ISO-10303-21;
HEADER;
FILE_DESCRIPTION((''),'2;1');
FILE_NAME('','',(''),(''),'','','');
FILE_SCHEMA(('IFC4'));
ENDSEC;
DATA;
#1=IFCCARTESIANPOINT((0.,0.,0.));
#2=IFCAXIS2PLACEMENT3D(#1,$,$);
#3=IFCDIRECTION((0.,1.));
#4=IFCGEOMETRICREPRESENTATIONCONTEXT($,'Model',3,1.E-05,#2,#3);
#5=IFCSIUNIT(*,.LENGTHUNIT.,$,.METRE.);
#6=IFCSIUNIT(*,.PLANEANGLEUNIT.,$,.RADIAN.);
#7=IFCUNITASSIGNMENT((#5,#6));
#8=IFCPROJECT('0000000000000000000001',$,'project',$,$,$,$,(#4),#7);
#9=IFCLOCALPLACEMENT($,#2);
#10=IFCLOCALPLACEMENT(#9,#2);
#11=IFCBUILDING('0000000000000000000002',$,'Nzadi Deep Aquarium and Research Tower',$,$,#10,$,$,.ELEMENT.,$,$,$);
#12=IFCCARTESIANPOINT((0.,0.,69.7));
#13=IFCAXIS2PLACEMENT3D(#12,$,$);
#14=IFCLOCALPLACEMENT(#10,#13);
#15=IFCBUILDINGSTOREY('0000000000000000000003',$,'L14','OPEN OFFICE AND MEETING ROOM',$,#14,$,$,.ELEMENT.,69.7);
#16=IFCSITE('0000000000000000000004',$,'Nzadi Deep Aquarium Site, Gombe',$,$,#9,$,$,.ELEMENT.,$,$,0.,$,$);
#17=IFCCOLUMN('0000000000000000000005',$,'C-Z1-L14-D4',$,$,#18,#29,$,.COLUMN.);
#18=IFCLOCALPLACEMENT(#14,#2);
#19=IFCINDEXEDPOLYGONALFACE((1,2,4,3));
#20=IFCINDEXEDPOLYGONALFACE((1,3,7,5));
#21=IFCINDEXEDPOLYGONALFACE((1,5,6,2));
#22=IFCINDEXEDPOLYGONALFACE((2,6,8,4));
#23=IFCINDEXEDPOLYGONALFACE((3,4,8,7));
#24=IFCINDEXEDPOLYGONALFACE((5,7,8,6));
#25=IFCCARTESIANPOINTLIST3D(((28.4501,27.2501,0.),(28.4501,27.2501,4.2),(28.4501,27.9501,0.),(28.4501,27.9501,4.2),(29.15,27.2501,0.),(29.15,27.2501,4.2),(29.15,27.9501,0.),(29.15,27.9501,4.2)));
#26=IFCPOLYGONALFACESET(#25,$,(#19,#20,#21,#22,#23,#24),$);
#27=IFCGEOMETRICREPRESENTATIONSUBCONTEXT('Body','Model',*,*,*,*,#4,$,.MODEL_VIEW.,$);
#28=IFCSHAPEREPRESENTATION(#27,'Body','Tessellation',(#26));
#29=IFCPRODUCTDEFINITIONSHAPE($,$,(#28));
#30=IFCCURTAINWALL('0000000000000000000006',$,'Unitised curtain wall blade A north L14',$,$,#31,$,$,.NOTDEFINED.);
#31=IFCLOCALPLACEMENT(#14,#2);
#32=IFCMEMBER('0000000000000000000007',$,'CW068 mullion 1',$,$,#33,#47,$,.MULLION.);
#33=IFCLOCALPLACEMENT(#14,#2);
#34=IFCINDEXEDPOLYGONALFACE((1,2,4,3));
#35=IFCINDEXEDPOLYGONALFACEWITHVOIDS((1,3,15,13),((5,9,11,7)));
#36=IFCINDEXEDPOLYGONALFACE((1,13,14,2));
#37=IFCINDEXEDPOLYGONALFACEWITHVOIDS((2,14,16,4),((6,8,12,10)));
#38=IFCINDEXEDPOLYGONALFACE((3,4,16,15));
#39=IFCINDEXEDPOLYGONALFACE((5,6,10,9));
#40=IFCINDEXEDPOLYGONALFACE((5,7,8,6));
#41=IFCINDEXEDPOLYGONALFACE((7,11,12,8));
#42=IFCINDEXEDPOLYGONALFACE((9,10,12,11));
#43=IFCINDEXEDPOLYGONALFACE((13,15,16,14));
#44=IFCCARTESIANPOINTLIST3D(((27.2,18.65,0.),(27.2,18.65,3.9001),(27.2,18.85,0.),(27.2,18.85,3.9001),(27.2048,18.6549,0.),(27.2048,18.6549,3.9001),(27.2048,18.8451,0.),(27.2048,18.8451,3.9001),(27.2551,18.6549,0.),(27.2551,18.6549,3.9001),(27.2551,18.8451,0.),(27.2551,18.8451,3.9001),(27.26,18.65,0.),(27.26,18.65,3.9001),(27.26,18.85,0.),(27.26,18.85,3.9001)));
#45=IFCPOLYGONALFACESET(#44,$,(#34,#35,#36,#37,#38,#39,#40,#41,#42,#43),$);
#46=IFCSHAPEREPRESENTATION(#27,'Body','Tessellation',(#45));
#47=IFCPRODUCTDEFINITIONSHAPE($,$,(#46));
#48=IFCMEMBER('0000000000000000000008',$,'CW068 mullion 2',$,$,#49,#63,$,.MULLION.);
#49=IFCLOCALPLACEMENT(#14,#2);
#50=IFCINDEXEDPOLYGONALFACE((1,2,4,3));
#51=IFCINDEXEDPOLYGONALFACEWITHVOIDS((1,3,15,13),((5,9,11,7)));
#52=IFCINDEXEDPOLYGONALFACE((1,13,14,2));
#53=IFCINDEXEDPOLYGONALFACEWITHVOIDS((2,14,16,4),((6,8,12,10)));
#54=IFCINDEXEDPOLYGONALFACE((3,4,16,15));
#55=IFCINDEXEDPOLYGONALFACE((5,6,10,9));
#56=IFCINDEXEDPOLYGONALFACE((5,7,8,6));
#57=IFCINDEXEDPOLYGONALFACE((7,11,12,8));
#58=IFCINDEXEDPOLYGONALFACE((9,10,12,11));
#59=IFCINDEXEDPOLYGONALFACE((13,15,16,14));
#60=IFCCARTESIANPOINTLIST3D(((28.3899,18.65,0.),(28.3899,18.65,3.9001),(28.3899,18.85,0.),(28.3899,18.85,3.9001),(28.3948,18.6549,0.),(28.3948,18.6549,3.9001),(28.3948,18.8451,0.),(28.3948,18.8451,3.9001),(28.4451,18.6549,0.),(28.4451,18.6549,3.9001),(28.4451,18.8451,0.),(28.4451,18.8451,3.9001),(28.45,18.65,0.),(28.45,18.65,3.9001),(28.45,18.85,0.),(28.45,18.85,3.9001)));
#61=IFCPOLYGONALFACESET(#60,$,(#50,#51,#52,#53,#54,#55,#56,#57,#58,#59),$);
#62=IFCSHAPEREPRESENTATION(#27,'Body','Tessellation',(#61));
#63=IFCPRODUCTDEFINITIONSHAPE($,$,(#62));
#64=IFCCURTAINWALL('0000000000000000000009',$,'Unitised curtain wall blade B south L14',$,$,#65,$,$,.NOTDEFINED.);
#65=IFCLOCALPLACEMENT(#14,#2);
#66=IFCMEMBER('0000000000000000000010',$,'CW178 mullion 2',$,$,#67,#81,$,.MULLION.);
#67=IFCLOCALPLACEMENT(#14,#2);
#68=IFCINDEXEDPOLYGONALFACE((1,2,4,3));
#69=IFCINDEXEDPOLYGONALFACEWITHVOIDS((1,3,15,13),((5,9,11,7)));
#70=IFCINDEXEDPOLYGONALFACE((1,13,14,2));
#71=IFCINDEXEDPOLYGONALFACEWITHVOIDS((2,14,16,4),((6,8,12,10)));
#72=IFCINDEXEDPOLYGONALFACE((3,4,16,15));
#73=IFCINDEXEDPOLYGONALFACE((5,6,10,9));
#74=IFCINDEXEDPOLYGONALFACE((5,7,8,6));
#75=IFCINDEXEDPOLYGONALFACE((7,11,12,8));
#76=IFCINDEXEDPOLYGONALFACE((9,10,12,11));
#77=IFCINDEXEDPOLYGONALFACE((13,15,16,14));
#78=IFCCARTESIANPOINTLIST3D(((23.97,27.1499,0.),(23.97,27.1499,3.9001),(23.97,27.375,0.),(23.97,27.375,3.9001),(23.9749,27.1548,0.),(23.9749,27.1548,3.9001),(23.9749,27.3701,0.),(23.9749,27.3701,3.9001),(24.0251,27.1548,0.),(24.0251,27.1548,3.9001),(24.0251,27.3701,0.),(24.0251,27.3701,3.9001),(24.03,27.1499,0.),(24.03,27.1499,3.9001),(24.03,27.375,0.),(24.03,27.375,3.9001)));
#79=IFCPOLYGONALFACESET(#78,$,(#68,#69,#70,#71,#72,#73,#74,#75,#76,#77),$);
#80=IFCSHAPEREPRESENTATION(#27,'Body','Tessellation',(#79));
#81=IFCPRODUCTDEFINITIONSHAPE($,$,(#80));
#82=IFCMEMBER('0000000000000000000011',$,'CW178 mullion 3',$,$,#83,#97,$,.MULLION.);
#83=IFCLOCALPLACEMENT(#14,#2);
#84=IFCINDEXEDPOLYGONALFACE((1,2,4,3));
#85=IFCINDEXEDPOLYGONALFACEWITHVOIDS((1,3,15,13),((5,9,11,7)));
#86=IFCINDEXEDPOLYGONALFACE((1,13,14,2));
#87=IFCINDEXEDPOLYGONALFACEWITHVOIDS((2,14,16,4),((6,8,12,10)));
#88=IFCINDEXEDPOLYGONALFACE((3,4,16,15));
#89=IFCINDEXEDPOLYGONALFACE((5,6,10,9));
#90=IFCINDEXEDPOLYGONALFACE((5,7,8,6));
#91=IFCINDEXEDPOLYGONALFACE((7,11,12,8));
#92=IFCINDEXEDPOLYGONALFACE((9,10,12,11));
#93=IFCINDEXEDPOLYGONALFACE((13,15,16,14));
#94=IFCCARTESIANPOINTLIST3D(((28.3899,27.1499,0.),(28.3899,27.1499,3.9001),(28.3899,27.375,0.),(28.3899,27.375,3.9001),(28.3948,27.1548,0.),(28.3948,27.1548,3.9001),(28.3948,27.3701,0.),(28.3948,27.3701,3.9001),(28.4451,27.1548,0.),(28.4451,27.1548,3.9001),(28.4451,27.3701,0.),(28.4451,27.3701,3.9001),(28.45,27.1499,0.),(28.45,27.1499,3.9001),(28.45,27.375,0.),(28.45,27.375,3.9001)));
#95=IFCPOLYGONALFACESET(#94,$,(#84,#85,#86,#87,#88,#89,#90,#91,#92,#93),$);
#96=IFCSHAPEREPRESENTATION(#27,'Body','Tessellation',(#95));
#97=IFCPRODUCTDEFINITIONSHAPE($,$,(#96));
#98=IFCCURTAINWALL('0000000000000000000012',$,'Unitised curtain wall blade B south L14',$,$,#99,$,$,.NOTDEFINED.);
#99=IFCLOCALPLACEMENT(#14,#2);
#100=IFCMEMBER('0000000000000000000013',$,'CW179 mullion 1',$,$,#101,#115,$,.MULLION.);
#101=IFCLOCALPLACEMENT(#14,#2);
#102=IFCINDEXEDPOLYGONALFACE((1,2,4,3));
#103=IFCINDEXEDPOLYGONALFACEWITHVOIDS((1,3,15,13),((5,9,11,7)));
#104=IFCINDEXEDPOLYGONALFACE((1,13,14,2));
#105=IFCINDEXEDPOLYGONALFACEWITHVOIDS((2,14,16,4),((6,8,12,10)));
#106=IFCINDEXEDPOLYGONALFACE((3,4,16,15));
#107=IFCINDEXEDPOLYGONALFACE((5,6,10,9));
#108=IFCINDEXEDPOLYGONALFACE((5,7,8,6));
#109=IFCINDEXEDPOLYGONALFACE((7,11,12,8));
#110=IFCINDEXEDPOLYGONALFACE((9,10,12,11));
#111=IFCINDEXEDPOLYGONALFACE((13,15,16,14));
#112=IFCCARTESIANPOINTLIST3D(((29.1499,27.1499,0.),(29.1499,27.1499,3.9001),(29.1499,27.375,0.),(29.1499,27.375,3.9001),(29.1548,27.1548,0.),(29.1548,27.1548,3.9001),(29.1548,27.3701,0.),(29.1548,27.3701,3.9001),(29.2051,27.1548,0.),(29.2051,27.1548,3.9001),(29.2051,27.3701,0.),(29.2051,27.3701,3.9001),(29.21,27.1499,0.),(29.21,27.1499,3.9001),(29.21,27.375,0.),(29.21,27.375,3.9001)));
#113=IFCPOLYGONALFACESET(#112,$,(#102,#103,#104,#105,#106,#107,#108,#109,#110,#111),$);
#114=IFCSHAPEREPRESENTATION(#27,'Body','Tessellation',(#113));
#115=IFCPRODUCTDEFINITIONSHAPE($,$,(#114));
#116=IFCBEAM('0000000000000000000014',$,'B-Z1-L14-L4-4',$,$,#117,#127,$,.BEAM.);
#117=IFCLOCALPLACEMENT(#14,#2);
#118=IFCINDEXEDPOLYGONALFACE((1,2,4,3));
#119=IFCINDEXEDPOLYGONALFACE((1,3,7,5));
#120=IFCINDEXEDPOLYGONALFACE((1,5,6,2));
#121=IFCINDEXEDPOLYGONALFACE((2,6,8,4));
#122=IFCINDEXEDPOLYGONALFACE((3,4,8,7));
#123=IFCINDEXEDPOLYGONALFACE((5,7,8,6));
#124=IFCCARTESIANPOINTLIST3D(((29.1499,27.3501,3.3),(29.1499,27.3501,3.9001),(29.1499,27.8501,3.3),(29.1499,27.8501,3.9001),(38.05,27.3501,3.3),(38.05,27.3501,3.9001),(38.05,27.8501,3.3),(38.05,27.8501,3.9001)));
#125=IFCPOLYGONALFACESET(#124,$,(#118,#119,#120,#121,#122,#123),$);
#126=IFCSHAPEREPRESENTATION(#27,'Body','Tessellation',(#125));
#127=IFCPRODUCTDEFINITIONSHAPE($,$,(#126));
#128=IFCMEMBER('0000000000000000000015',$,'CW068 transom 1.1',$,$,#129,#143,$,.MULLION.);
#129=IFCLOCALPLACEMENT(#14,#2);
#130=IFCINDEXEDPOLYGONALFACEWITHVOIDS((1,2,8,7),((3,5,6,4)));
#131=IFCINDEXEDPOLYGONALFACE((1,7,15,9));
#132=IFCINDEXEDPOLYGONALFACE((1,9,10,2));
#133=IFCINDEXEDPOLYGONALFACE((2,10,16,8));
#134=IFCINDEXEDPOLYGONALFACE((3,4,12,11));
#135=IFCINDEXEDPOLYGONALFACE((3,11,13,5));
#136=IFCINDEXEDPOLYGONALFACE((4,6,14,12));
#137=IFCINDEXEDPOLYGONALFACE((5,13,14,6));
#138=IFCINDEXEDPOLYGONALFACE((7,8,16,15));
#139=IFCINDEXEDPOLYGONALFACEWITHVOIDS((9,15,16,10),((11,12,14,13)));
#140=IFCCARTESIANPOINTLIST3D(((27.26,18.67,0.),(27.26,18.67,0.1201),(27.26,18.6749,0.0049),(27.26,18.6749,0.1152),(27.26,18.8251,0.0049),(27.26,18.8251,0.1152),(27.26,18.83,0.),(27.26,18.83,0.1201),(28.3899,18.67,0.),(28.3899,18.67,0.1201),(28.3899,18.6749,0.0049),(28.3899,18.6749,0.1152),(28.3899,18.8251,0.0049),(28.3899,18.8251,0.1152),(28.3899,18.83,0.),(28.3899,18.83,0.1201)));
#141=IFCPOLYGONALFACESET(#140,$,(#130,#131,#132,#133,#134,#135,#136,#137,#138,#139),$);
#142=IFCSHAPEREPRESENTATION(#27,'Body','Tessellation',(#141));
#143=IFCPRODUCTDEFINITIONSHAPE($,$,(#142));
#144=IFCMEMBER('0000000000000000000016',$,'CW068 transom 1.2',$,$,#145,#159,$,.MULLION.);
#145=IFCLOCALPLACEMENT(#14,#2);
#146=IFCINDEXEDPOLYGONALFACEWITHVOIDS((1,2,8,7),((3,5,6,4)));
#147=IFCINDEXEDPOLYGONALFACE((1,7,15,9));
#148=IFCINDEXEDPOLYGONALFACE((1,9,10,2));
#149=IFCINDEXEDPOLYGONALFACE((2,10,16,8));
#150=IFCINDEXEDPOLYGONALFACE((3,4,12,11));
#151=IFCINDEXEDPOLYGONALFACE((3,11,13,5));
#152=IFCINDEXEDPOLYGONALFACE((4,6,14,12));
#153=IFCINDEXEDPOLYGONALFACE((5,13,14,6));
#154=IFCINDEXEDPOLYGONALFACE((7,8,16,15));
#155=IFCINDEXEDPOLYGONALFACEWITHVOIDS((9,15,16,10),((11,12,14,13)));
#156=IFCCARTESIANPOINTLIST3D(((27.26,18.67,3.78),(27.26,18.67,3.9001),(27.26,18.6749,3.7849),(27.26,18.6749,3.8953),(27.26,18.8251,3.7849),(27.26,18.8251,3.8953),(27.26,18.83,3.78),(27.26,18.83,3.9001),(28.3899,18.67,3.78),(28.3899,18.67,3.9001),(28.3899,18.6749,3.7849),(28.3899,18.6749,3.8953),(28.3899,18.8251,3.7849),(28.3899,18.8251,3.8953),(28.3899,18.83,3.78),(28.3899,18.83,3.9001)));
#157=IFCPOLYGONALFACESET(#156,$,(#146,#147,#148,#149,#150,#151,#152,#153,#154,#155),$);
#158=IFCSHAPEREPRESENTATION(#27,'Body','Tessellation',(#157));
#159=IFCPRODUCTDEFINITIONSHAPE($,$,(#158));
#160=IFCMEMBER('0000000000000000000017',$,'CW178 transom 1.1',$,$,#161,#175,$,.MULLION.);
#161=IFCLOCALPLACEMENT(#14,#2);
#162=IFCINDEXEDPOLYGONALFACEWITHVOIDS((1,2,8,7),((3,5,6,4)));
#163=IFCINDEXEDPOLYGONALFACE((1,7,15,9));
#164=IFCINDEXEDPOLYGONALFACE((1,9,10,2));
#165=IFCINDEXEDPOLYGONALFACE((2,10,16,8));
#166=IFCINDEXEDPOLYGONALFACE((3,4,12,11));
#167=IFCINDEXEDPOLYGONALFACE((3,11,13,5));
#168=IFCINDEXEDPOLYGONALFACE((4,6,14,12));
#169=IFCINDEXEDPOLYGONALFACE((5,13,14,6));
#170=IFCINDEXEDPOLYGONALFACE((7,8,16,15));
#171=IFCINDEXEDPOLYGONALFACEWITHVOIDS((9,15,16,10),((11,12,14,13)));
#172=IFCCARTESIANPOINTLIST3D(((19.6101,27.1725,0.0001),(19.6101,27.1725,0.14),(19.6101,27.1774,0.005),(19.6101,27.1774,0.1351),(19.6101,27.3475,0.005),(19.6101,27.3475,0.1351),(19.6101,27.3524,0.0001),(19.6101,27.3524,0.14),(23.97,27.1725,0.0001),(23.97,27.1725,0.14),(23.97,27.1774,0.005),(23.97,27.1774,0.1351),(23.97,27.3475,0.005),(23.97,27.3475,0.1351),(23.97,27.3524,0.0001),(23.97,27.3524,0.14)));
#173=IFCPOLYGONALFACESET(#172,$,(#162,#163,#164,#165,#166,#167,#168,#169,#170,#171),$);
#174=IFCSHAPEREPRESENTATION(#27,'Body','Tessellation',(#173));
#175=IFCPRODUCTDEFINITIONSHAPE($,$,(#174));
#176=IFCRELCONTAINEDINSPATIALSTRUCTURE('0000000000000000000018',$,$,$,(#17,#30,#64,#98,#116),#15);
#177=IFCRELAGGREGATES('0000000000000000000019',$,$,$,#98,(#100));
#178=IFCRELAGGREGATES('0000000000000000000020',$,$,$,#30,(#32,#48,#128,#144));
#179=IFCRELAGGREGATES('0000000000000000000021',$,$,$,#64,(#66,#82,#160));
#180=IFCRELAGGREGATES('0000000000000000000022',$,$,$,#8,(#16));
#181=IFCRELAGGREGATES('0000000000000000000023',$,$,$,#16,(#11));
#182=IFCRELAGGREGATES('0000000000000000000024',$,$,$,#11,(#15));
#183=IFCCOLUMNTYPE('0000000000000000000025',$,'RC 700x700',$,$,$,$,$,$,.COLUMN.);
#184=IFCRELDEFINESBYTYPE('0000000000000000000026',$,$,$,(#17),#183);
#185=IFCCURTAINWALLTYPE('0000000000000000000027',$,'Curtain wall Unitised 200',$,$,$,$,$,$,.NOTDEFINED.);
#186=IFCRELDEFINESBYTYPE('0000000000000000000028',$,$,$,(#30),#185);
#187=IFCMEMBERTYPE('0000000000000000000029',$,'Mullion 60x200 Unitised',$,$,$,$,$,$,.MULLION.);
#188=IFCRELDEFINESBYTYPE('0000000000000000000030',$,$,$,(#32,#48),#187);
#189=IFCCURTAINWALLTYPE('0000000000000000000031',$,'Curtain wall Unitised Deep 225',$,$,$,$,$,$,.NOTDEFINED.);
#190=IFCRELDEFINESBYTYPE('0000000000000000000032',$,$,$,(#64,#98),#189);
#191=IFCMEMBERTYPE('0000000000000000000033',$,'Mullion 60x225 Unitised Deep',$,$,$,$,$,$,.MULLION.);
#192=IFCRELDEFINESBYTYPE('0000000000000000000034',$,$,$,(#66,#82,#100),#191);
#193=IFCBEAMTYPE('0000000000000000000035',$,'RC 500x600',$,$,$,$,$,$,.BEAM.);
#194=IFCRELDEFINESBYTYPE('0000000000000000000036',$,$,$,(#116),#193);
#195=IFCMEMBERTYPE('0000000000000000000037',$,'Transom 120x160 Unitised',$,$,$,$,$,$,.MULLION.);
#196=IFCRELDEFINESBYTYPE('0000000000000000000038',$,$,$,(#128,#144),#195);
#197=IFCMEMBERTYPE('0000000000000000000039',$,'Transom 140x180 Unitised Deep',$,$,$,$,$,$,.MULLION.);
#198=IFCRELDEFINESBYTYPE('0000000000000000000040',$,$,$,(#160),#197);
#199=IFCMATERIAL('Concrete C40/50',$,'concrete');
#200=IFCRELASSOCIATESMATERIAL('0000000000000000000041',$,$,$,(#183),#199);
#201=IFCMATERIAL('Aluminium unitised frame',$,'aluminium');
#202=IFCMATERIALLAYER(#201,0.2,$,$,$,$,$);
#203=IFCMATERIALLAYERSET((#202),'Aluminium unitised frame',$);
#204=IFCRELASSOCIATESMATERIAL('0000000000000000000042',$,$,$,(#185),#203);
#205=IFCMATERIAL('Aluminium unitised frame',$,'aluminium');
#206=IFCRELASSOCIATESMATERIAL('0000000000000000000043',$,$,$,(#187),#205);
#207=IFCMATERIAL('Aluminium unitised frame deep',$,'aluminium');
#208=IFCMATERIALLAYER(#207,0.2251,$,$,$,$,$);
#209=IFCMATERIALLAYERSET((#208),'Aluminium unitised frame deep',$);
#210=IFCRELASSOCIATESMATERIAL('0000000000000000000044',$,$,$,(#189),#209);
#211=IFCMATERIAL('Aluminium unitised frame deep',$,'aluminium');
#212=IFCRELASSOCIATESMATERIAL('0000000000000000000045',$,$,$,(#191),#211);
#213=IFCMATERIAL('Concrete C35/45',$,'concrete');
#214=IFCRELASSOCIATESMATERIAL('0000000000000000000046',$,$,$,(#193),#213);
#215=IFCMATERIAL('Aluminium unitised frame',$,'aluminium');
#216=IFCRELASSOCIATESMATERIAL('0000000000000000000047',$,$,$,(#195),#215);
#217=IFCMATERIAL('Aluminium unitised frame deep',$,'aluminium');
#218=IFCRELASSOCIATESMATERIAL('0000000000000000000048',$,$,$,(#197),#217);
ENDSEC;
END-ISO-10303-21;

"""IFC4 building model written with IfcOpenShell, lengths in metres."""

from ifc_helpers import new_model, si_unit, direction, frame, origin, origin_2d, place, context, subcontext, project, spatial, rectangle, hollow_rectangle, extrude, material, layer, layer_set, material_profile, profile_set, type_object, element, aggregate, save


model = new_model("IFC4")

# Units and contexts
model_context = context("Model", 3, precision=1e-05, world=origin(), true_north=direction((0.0, 1.0)))
body_context = subcontext(model_context, "Body", "Model", "MODEL_VIEW")
ifc_project = project(units=[si_unit("LENGTHUNIT", "METRE"), si_unit("PLANEANGLEUNIT", "RADIAN")], contexts=[model_context])

# Site, building, storey
site_placement = place(None, origin())
site = spatial("IfcSite", under=ifc_project, at=site_placement, Name="Nzadi Deep Aquarium Site, Gombe", CompositionType="ELEMENT", RefElevation=0.0)
building_placement = place(site_placement, origin())
building = spatial("IfcBuilding", under=site, at=building_placement, Name="Nzadi Deep Aquarium and Research Tower", CompositionType="ELEMENT")
storey_placement = place(building_placement, frame((0.0, 0.0, 69.7)))
storey = spatial("IfcBuildingStorey", under=building, at=storey_placement, Name="L14", Description="OPEN OFFICE AND MEETING ROOM", CompositionType="ELEMENT", Elevation=69.7)

# Column
ifc_material_1 = material(Name="Concrete C40/50", Category="concrete")
ifc_material_profile_1 = material_profile(ifc_material_1, rectangle(XDim=0.7, YDim=0.7, at=origin_2d()))
ifc_profile_set_1 = profile_set([ifc_material_profile_1], Name="Concrete C40/50")
column_type = type_object("IfcColumnType", Name="RC 700x700", PredefinedType="COLUMN", material=ifc_profile_set_1)
column_placement = place(storey_placement, frame((28.8, 27.6001, 0.0), z_axis=(0.0, 0.0, 1.0), x_axis=(1.0, 0.0, 0.0)))
element("IfcColumn", 1, at=column_placement, inside=storey, type_object=column_type, Name="C-Z1-L14-D4", PredefinedType="COLUMN", context=body_context, shape_type="SweptSolid", body=[
    extrude(rectangle(XDim=0.7, YDim=0.7, at=origin_2d()), origin(), (0.0, 0.0, 1.0), 4.2),
])

# Curtain walls, members
ifc_material_2 = material(Name="Aluminium unitised frame", Category="aluminium")
ifc_layer_1 = layer(ifc_material_2, 0.2)
ifc_layer_set_1 = layer_set([ifc_layer_1], Name="Aluminium unitised frame")
curtain_wall_type_1 = type_object("IfcCurtainWallType", Name="Curtain wall Unitised 200", PredefinedType="NOTDEFINED", material=ifc_layer_set_1)
curtain_wall_1_placement = place(storey_placement, origin())
curtain_wall_1 = element("IfcCurtainWall", 2, at=curtain_wall_1_placement, inside=storey, type_object=curtain_wall_type_1, Name="Unitised curtain wall blade A north L14", PredefinedType="NOTDEFINED")
ifc_material_3 = material(Name="Aluminium unitised frame", Category="aluminium")
ifc_material_profile_2 = material_profile(ifc_material_3, hollow_rectangle(XDim=0.2, YDim=0.0601, WallThickness=0.0049, at=origin_2d()))
ifc_profile_set_2 = profile_set([ifc_material_profile_2], Name="Aluminium unitised frame")
member_type_1 = type_object("IfcMemberType", Name="Mullion 60x200 Unitised", PredefinedType="MULLION", material=ifc_profile_set_2)
member_1_placement = place(storey_placement, frame((27.23, 18.75, 0.0), z_axis=(0.0, 0.0, 1.0), x_axis=(0.0, 1.0, 0.0)))
member_1 = element("IfcMember", 3, at=member_1_placement, type_object=member_type_1, Name="CW068 mullion 1", PredefinedType="MULLION", context=body_context, shape_type="SweptSolid", body=[
    extrude(hollow_rectangle(XDim=0.2, YDim=0.0601, WallThickness=0.0049, at=origin_2d()), origin(), (0.0, 0.0, 1.0), 3.9001),
])
member_2_placement = place(storey_placement, frame((28.4199, 18.75, 0.0), z_axis=(0.0, 0.0, 1.0), x_axis=(0.0, 1.0, 0.0)))
member_2 = element("IfcMember", 4, at=member_2_placement, type_object=member_type_1, Name="CW068 mullion 2", PredefinedType="MULLION", context=body_context, shape_type="SweptSolid", body=[
    extrude(hollow_rectangle(XDim=0.2, YDim=0.0601, WallThickness=0.0049, at=origin_2d()), origin(), (0.0, 0.0, 1.0), 3.9001),
])
ifc_material_4 = material(Name="Aluminium unitised frame deep", Category="aluminium")
ifc_layer_2 = layer(ifc_material_4, 0.2251)
ifc_layer_set_2 = layer_set([ifc_layer_2], Name="Aluminium unitised frame deep")
curtain_wall_type_2 = type_object("IfcCurtainWallType", Name="Curtain wall Unitised Deep 225", PredefinedType="NOTDEFINED", material=ifc_layer_set_2)
curtain_wall_2_placement = place(storey_placement, origin())
curtain_wall_2 = element("IfcCurtainWall", 5, at=curtain_wall_2_placement, inside=storey, type_object=curtain_wall_type_2, Name="Unitised curtain wall blade B south L14", PredefinedType="NOTDEFINED")
ifc_material_5 = material(Name="Aluminium unitised frame deep", Category="aluminium")
ifc_material_profile_3 = material_profile(ifc_material_5, hollow_rectangle(XDim=0.2251, YDim=0.0601, WallThickness=0.0049, at=origin_2d()))
ifc_profile_set_3 = profile_set([ifc_material_profile_3], Name="Aluminium unitised frame deep")
member_type_2 = type_object("IfcMemberType", Name="Mullion 60x225 Unitised Deep", PredefinedType="MULLION", material=ifc_profile_set_3)
member_3_placement = place(storey_placement, frame((24.0, 27.2625, 0.0), z_axis=(0.0, 0.0, 1.0), x_axis=(0.0, 1.0, 0.0)))
member_3 = element("IfcMember", 6, at=member_3_placement, type_object=member_type_2, Name="CW178 mullion 2", PredefinedType="MULLION", context=body_context, shape_type="SweptSolid", body=[
    extrude(hollow_rectangle(XDim=0.2251, YDim=0.0601, WallThickness=0.0049, at=origin_2d()), origin(), (0.0, 0.0, 1.0), 3.9001),
])
member_4_placement = place(storey_placement, frame((28.4199, 27.2625, 0.0), z_axis=(0.0, 0.0, 1.0), x_axis=(0.0, 1.0, 0.0)))
member_4 = element("IfcMember", 7, at=member_4_placement, type_object=member_type_2, Name="CW178 mullion 3", PredefinedType="MULLION", context=body_context, shape_type="SweptSolid", body=[
    extrude(hollow_rectangle(XDim=0.2251, YDim=0.0601, WallThickness=0.0049, at=origin_2d()), origin(), (0.0, 0.0, 1.0), 3.9001),
])

# Curtain wall, member
curtain_wall_3_placement = place(storey_placement, origin())
curtain_wall_3 = element("IfcCurtainWall", 8, at=curtain_wall_3_placement, inside=storey, type_object=curtain_wall_type_2, Name="Unitised curtain wall blade B south L14", PredefinedType="NOTDEFINED")
member_5_placement = place(storey_placement, frame((29.1799, 27.2625, 0.0), z_axis=(0.0, 0.0, 1.0), x_axis=(0.0, 1.0, 0.0)))
member_5 = element("IfcMember", 9, at=member_5_placement, type_object=member_type_2, Name="CW179 mullion 1", PredefinedType="MULLION", context=body_context, shape_type="SweptSolid", body=[
    extrude(hollow_rectangle(XDim=0.2251, YDim=0.0601, WallThickness=0.0049, at=origin_2d()), origin(), (0.0, 0.0, 1.0), 3.9001),
])

# Beam
ifc_material_6 = material(Name="Concrete C35/45", Category="concrete")
ifc_material_profile_4 = material_profile(ifc_material_6, rectangle(XDim=0.5, YDim=0.6001, at=origin_2d()))
ifc_profile_set_4 = profile_set([ifc_material_profile_4], Name="Concrete C35/45")
beam_type = type_object("IfcBeamType", Name="RC 500x600", PredefinedType="BEAM", material=ifc_profile_set_4)
beam_placement = place(storey_placement, frame((29.1499, 27.6001, 3.6001), z_axis=(1.0, 0.0, 0.0), x_axis=(0.0, 1.0, 0.0)))
element("IfcBeam", 10, at=beam_placement, inside=storey, type_object=beam_type, Name="B-Z1-L14-L4-4", PredefinedType="BEAM", context=body_context, shape_type="SweptSolid", body=[
    extrude(rectangle(XDim=0.5, YDim=0.6001, at=origin_2d()), origin(), (0.0, 0.0, 1.0), 8.9001),
])

# Members
ifc_material_7 = material(Name="Aluminium unitised frame", Category="aluminium")
ifc_material_profile_5 = material_profile(ifc_material_7, hollow_rectangle(XDim=0.1599, YDim=0.1201, WallThickness=0.0049, at=origin_2d()))
ifc_profile_set_5 = profile_set([ifc_material_profile_5], Name="Aluminium unitised frame")
member_type_3 = type_object("IfcMemberType", Name="Transom 120x160 Unitised", PredefinedType="MULLION", material=ifc_profile_set_5)
member_6_placement = place(storey_placement, frame((27.26, 18.75, 0.0601), z_axis=(1.0, 0.0, 0.0), x_axis=(0.0, 1.0, 0.0)))
member_6 = element("IfcMember", 11, at=member_6_placement, type_object=member_type_3, Name="CW068 transom 1.1", PredefinedType="MULLION", context=body_context, shape_type="SweptSolid", body=[
    extrude(hollow_rectangle(XDim=0.1599, YDim=0.1201, WallThickness=0.0049, at=origin_2d()), origin(), (0.0, 0.0, 1.0), 1.1299),
])
member_7_placement = place(storey_placement, frame((27.26, 18.75, 3.8401), z_axis=(1.0, 0.0, 0.0), x_axis=(0.0, 1.0, 0.0)))
member_7 = element("IfcMember", 12, at=member_7_placement, type_object=member_type_3, Name="CW068 transom 1.2", PredefinedType="MULLION", context=body_context, shape_type="SweptSolid", body=[
    extrude(hollow_rectangle(XDim=0.1599, YDim=0.1201, WallThickness=0.0049, at=origin_2d()), origin(), (0.0, 0.0, 1.0), 1.1299),
])
ifc_material_8 = material(Name="Aluminium unitised frame deep", Category="aluminium")
ifc_material_profile_6 = material_profile(ifc_material_8, hollow_rectangle(XDim=0.1799, YDim=0.1399, WallThickness=0.0049, at=origin_2d()))
ifc_profile_set_6 = profile_set([ifc_material_profile_6], Name="Aluminium unitised frame deep")
member_type_4 = type_object("IfcMemberType", Name="Transom 140x180 Unitised Deep", PredefinedType="MULLION", material=ifc_profile_set_6)
member_8_placement = place(storey_placement, frame((19.6101, 27.2625, 0.0701), z_axis=(1.0, 0.0, 0.0), x_axis=(0.0, 1.0, 0.0)))
member_8 = element("IfcMember", 13, at=member_8_placement, type_object=member_type_4, Name="CW178 transom 1.1", PredefinedType="MULLION", context=body_context, shape_type="SweptSolid", body=[
    extrude(hollow_rectangle(XDim=0.1799, YDim=0.1399, WallThickness=0.0049, at=origin_2d()), origin(), (0.0, 0.0, 1.0), 4.3599),
])
aggregate(curtain_wall_3, [member_5])

aggregate(curtain_wall_1, [member_1, member_2, member_6, member_7])
aggregate(curtain_wall_2, [member_3, member_4, member_8])

save(model, "model.ifc")
